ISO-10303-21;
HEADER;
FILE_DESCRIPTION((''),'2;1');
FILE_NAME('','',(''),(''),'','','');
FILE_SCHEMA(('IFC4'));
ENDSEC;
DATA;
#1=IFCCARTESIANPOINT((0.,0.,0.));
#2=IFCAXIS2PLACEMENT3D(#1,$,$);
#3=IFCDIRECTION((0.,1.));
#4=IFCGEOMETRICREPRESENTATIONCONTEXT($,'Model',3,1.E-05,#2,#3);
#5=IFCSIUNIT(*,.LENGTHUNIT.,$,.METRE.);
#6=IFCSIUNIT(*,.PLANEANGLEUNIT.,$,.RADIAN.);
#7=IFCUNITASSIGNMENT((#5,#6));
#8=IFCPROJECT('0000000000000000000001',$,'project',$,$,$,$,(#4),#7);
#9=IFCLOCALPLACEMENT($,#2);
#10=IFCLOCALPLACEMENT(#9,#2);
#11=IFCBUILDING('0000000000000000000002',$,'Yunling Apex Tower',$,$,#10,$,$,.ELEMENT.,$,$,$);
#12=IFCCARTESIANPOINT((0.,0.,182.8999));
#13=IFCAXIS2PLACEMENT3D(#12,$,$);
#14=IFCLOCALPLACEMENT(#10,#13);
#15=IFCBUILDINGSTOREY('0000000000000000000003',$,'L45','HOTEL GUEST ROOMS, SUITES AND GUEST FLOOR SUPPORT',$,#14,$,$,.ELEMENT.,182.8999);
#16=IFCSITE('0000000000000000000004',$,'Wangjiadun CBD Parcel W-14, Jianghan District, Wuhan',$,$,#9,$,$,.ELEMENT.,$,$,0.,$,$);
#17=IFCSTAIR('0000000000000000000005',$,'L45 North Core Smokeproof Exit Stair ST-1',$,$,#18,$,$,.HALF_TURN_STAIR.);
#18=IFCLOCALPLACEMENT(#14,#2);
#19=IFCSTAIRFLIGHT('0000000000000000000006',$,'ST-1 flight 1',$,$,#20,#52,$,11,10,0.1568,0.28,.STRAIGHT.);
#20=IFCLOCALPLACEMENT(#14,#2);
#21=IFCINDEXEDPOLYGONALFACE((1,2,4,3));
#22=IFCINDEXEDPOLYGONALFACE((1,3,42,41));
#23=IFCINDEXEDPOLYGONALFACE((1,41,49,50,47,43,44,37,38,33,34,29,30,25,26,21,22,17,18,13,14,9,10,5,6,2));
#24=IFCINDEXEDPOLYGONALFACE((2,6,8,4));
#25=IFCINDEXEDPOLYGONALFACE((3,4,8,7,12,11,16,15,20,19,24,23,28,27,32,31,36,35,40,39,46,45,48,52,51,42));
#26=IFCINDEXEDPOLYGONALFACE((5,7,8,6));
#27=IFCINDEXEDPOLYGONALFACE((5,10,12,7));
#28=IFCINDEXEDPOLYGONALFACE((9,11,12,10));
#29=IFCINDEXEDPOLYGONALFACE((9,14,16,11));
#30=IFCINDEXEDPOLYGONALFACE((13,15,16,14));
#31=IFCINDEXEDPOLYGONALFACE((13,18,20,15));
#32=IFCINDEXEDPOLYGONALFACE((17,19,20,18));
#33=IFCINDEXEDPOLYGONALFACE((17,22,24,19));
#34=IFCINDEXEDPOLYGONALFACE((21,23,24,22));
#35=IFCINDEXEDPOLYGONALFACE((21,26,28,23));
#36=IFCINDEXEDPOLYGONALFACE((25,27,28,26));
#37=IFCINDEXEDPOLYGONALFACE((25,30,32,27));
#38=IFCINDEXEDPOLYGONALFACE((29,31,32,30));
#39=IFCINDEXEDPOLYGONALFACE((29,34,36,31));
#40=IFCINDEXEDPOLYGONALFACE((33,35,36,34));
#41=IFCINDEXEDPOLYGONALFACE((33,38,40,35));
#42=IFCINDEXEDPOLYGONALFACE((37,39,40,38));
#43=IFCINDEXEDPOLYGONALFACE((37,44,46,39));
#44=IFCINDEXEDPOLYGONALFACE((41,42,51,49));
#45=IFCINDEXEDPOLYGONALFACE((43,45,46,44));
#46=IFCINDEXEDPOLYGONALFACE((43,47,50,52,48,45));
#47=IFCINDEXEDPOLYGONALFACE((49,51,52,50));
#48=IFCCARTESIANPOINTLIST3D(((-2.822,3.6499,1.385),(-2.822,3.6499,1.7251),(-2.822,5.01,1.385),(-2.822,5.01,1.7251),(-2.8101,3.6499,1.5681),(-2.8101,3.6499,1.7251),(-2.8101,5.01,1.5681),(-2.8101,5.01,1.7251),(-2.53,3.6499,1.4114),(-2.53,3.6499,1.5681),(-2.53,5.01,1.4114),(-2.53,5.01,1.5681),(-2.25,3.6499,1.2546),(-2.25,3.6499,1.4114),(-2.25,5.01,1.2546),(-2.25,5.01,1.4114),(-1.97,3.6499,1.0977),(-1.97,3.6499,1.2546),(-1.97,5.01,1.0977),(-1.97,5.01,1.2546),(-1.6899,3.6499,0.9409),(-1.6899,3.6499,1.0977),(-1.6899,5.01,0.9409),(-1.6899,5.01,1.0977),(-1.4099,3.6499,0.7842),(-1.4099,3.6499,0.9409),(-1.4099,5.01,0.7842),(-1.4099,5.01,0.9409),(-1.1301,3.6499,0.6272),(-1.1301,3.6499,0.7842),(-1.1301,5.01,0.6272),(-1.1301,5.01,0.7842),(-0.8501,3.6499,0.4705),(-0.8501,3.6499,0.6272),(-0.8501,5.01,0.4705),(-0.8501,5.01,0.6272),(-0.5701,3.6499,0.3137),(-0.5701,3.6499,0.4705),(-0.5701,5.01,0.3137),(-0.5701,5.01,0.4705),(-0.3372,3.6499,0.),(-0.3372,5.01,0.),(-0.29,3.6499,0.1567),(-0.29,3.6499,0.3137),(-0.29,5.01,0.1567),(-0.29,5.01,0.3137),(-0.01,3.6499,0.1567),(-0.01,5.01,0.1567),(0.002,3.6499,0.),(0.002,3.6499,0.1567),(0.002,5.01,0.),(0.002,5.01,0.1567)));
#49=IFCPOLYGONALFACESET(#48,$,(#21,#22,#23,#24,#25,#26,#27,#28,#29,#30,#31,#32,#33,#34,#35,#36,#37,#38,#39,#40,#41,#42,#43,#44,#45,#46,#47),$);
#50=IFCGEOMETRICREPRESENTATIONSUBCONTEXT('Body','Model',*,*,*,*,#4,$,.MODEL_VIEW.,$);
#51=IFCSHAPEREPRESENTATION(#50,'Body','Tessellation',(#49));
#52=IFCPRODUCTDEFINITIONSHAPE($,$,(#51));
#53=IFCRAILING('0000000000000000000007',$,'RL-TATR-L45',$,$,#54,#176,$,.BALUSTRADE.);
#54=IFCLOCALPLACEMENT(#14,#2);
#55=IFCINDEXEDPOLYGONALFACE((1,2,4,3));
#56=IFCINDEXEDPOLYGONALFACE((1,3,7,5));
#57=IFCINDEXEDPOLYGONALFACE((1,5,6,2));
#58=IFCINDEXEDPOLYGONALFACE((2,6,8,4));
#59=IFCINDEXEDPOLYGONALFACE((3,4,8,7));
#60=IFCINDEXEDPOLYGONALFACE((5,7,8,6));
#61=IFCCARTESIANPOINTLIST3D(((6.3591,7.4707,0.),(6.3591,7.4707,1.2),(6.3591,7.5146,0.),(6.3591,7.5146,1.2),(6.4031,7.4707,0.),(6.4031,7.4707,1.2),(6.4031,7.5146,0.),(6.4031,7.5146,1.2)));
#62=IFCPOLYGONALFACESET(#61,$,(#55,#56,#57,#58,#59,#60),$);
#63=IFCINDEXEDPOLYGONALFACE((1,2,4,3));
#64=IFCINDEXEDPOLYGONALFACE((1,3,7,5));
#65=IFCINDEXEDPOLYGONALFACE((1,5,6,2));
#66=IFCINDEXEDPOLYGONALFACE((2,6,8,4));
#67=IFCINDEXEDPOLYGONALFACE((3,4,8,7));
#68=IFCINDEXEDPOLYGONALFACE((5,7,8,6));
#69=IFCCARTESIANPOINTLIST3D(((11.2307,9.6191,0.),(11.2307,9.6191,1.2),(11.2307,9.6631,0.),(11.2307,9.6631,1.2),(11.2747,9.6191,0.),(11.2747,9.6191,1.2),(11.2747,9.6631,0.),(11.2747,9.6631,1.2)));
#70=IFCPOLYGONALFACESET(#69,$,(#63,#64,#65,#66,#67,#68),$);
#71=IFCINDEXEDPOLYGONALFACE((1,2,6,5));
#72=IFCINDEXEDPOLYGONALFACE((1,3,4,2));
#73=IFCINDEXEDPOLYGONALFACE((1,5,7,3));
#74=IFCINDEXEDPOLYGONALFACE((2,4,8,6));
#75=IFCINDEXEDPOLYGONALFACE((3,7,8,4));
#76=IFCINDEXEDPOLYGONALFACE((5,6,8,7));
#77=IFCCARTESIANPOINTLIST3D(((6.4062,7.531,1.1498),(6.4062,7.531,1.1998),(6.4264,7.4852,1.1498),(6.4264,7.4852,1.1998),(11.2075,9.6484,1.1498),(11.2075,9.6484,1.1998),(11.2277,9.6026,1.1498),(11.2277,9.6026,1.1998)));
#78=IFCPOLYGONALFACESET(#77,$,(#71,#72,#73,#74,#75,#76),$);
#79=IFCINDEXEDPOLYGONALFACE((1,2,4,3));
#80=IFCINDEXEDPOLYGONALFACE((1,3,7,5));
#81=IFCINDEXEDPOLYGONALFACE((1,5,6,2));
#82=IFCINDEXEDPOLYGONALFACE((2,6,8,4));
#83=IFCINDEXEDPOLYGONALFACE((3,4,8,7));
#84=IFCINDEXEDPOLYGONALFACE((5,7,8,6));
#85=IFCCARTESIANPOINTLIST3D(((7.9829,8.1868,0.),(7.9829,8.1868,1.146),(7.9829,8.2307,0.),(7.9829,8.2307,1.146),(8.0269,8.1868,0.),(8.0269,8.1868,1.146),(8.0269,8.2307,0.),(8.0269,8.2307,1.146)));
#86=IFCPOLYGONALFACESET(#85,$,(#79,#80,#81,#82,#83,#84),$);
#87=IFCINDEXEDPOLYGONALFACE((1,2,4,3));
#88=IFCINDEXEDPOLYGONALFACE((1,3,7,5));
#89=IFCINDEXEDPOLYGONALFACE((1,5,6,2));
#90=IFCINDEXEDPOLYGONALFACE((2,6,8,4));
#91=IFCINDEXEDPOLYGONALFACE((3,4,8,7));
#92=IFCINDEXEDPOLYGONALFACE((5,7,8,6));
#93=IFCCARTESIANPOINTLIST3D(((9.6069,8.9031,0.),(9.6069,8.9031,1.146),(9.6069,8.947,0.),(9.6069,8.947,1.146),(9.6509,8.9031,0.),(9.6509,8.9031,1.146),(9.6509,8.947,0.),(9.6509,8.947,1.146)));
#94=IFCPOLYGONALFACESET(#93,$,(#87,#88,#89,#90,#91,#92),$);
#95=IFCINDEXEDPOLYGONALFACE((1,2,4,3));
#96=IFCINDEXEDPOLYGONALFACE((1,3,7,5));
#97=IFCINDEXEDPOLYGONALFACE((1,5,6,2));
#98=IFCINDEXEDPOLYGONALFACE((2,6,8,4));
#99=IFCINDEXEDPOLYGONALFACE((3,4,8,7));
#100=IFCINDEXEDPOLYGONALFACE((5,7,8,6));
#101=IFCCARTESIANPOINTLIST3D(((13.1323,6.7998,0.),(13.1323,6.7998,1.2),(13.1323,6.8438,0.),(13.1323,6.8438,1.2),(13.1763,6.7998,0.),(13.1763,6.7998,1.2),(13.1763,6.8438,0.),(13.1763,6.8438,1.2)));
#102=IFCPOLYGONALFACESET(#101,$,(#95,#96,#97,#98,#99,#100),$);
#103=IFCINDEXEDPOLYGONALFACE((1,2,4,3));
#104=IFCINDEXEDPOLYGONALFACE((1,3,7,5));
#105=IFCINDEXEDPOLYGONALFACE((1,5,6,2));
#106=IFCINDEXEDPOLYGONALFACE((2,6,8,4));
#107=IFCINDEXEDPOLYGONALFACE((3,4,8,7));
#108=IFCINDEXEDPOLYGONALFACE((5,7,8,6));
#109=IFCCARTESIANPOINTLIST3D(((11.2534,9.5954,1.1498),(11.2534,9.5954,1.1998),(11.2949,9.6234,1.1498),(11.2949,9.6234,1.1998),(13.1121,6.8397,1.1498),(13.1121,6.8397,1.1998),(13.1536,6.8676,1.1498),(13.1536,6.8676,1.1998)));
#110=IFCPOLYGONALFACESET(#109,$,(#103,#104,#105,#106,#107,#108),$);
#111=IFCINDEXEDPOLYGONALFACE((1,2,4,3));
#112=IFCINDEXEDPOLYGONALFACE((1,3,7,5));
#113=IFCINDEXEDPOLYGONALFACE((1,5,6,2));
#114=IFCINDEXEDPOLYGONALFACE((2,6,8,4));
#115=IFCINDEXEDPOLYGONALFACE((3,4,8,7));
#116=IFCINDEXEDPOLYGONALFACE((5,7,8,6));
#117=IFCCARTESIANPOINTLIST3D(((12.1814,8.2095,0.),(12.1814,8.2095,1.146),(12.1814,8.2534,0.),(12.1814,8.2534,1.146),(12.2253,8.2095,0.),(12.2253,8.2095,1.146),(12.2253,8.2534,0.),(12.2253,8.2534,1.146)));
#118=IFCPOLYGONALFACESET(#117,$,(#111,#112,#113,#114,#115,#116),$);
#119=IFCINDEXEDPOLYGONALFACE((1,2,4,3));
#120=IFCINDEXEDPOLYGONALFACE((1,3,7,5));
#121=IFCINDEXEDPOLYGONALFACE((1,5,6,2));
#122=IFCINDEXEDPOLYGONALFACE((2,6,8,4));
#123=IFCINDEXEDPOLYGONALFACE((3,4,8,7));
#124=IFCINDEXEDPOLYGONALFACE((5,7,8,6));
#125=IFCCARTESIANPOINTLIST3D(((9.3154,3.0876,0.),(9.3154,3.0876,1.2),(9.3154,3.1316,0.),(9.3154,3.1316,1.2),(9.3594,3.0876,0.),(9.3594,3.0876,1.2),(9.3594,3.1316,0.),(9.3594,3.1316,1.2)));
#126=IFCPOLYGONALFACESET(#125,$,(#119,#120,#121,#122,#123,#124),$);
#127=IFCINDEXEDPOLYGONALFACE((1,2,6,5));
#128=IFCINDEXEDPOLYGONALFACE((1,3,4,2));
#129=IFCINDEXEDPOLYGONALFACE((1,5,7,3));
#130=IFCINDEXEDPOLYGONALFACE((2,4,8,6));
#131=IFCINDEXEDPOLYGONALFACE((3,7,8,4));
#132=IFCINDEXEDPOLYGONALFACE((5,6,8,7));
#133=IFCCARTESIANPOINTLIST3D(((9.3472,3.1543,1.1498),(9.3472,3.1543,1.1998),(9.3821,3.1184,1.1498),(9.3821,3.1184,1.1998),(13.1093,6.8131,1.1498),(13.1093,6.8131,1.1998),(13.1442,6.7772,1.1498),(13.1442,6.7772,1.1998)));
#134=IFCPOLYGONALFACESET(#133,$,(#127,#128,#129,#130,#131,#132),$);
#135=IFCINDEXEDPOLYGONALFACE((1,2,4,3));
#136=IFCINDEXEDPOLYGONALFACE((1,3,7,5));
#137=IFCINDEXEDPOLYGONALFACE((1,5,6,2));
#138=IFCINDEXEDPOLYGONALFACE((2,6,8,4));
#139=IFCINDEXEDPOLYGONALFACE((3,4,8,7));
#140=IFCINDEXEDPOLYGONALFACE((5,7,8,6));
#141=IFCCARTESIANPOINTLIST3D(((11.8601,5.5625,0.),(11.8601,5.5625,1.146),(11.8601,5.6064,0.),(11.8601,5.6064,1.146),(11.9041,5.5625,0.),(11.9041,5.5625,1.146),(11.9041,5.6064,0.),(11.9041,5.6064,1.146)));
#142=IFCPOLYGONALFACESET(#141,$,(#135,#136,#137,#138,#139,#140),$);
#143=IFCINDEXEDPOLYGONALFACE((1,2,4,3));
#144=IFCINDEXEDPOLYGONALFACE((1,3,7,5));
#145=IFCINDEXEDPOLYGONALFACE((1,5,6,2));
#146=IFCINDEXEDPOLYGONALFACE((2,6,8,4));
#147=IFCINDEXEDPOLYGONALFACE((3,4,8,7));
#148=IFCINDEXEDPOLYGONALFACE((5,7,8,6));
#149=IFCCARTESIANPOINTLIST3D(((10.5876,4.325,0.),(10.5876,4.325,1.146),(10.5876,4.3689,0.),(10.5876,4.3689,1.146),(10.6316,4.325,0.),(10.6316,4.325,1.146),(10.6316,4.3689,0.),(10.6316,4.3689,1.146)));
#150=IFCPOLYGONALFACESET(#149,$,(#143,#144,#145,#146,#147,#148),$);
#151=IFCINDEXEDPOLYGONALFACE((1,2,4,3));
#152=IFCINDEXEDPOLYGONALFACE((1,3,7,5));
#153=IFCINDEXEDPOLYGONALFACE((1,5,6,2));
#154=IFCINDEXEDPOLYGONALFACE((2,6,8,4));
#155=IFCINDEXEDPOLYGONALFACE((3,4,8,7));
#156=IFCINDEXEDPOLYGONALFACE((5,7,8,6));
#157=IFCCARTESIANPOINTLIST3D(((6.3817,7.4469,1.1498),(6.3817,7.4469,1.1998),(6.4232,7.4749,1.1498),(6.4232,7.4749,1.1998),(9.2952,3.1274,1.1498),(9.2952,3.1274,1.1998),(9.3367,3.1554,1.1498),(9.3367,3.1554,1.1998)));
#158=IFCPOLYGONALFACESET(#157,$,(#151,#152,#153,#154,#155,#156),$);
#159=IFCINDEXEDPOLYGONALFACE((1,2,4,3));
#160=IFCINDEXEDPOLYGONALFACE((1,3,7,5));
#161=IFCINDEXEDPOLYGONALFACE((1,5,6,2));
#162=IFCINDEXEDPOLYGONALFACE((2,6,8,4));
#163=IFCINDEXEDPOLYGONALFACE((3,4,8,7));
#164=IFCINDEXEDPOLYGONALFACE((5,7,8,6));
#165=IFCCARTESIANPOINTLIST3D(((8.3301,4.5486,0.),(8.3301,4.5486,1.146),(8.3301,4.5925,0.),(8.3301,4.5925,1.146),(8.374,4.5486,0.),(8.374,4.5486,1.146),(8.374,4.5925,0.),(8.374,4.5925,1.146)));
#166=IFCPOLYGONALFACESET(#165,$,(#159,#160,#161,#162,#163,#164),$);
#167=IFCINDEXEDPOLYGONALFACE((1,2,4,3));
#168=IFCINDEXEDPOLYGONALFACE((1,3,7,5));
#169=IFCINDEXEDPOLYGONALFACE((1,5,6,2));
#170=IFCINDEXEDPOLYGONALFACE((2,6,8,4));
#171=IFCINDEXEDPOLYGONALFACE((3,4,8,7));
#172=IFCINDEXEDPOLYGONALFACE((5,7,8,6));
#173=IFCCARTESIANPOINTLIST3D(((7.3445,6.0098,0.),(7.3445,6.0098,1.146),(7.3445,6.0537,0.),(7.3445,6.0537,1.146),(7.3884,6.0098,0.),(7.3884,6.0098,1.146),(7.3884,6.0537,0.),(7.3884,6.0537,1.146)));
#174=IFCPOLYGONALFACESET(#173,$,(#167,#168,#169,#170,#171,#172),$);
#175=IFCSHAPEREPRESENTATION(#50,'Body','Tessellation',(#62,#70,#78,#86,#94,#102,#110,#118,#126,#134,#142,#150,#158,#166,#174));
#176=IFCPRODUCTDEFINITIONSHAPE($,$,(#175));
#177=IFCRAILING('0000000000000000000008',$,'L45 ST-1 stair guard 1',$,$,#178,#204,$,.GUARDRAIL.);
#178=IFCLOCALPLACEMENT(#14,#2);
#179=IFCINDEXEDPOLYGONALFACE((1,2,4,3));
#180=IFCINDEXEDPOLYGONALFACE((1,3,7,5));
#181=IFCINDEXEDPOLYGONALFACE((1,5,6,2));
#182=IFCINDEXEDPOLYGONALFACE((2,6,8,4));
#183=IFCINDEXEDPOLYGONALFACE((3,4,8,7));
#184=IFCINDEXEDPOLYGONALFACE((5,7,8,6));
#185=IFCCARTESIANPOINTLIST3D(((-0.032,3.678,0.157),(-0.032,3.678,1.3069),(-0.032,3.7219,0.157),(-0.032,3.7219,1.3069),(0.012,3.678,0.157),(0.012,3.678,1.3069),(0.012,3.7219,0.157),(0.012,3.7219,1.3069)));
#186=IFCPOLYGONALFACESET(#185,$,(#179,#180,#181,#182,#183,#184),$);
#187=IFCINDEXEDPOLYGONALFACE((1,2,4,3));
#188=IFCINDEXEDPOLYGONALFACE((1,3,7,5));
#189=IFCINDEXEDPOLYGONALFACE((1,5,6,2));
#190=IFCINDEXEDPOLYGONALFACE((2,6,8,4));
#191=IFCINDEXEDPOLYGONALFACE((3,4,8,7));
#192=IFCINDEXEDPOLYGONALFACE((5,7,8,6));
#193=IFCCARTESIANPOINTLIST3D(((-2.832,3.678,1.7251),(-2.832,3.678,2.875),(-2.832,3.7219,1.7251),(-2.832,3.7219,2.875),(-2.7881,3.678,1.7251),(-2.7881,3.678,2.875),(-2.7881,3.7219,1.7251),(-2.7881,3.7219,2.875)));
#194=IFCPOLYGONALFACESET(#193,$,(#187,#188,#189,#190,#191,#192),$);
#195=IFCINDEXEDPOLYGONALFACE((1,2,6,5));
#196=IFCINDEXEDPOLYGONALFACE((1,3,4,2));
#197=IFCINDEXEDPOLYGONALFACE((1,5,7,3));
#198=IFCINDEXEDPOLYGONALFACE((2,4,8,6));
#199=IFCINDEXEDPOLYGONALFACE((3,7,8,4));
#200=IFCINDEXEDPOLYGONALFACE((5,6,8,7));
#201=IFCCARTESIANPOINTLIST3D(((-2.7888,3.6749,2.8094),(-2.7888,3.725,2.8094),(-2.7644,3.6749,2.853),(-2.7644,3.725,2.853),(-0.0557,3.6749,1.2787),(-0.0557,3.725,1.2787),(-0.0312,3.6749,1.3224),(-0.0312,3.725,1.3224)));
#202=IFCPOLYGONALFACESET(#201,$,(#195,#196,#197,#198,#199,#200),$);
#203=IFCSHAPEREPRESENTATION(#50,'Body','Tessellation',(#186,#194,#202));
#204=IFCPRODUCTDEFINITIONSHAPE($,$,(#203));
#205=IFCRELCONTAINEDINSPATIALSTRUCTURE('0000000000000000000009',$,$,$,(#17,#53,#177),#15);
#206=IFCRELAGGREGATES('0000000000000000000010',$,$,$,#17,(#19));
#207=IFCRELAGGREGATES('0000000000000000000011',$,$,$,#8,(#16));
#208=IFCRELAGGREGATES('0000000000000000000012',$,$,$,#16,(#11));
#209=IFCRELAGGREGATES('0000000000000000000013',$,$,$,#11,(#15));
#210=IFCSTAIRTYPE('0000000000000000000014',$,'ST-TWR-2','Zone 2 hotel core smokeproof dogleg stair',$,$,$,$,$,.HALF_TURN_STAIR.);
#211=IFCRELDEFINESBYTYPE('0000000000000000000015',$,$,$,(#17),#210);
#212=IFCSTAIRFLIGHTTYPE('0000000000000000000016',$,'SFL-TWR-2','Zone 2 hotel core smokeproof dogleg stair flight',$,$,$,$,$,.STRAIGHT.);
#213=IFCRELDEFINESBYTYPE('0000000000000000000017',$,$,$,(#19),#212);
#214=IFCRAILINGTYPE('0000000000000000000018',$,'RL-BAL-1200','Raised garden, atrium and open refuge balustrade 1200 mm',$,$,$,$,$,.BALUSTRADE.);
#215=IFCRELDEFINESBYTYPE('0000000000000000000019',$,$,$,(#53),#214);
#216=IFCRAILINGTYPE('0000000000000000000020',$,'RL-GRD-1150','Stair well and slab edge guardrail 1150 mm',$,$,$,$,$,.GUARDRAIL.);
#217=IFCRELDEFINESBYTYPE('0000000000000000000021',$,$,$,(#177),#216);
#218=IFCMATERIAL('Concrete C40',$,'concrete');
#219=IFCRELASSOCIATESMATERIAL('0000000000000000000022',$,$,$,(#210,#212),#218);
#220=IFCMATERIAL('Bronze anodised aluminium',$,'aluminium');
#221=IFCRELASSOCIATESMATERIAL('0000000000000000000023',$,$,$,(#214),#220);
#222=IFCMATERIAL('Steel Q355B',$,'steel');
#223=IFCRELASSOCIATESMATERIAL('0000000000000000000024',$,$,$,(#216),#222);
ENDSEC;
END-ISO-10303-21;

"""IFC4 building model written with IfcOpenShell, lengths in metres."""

from ifc_helpers import new_model, si_unit, direction, frame, origin, origin_2d, place, context, subcontext, project, spatial, polyline, rectangle, outline, extrude, material, type_object, element, aggregate, save


model = new_model("IFC4")

# Units and contexts
model_context = context("Model", 3, precision=1e-05, world=origin(), true_north=direction((0.0, 1.0)))
body_context = subcontext(model_context, "Body", "Model", "MODEL_VIEW")
ifc_project = project(units=[si_unit("LENGTHUNIT", "METRE"), si_unit("PLANEANGLEUNIT", "RADIAN")], contexts=[model_context])

# Site, building, storey
site_placement = place(None, origin())
site = spatial("IfcSite", under=ifc_project, at=site_placement, Name="Wangjiadun CBD Parcel W-14, Jianghan District, Wuhan", CompositionType="ELEMENT", RefElevation=0.0)
building_placement = place(site_placement, origin())
building = spatial("IfcBuilding", under=site, at=building_placement, Name="Yunling Apex Tower", CompositionType="ELEMENT")
storey_placement = place(building_placement, frame((0.0, 0.0, 182.8999)))
storey = spatial("IfcBuildingStorey", under=building, at=storey_placement, Name="L45", Description="HOTEL GUEST ROOMS, SUITES AND GUEST FLOOR SUPPORT", CompositionType="ELEMENT", Elevation=182.8999)

# Shared definitions
ifc_material_1 = material(Name="Steel Q355B", Category="steel")

# Shared definitions
ifc_material_2 = material(Name="Bronze anodised aluminium", Category="aluminium")

# Shared definitions
ifc_material_3 = material(Name="Concrete C40", Category="concrete")

# Stair, stair flight
stair_type = type_object("IfcStairType", Name="ST-TWR-2", Description="Zone 2 hotel core smokeproof dogleg stair", PredefinedType="HALF_TURN_STAIR", material=ifc_material_3)
stair_placement = place(storey_placement, origin())
stair = element("IfcStair", 1, at=stair_placement, inside=storey, type_object=stair_type, Name="L45 North Core Smokeproof Exit Stair ST-1", PredefinedType="HALF_TURN_STAIR")
stair_flight_type = type_object("IfcStairFlightType", Name="SFL-TWR-2", Description="Zone 2 hotel core smokeproof dogleg stair flight", PredefinedType="STRAIGHT", material=ifc_material_3)
stair_flight_placement = place(storey_placement, frame((-0.01, 4.3301, 0.0), z_axis=(0.0, 0.0, 1.0), x_axis=(-1.0, 0.0, 0.0)))
stair_flight = element("IfcStairFlight", 2, at=stair_flight_placement, type_object=stair_flight_type, Name="ST-1 flight 1", NumberOfRisers=11, NumberOfTreads=10, PredefinedType="STRAIGHT", RiserHeight=0.1568, TreadLength=0.28, context=body_context, shape_type="SweptSolid", body=[
    extrude(outline(polyline([(-0.012, 0.0), (-0.012, 0.1567), (0.0, 0.1567), (0.28, 0.1567), (0.28, 0.3137), (0.5601, 0.3137), (0.5601, 0.4705), (0.8401, 0.4705), (0.8401, 0.6272), (1.1201, 0.6272), (1.1201, 0.7842), (1.3999, 0.7842), (1.3999, 0.9409), (1.6799, 0.9409), (1.6799, 1.0977), (1.96, 1.0977), (1.96, 1.2546), (2.24, 1.2546), (2.24, 1.4114), (2.52, 1.4114), (2.52, 1.5681), (2.8, 1.5681), (2.8, 1.7251), (2.812, 1.7251), (2.812, 1.385), (0.3271, 0.0), (-0.012, 0.0)])), frame((0.0, 0.6802, 0.0), z_axis=(0.0, -1.0, 0.0), x_axis=(1.0, 0.0, 0.0)), (0.0, 0.0, 1.0), 1.3601),
])
aggregate(stair, [stair_flight])

# Railings
railing_type_1 = type_object("IfcRailingType", Name="RL-BAL-1200", Description="Raised garden, atrium and open refuge balustrade 1200 mm", PredefinedType="BALUSTRADE", material=ifc_material_2)
railing_1_placement = place(storey_placement, frame((6.3811, 7.4927, 0.0)))
element("IfcRailing", 3, at=railing_1_placement, inside=storey, type_object=railing_type_1, Name="RL-TATR-L45", PredefinedType="BALUSTRADE", context=body_context, shape_type="SweptSolid", body=[
    extrude(rectangle(XDim=0.0439, YDim=0.0439, at=origin_2d()), origin(), (0.0, 0.0, 1.0), 1.2),
    extrude(rectangle(XDim=0.0439, YDim=0.0439, at=origin_2d()), frame((4.8716, 2.1484, 0.0)), (0.0, 0.0, 1.0), 1.2),
    extrude(rectangle(XDim=0.05, YDim=0.05, at=origin_2d()), frame((0.0352, 0.0154, 1.1748), z_axis=(0.914973, 0.403516, 0.0), x_axis=(-0.403516, 0.914973, 0.0)), (0.0, 0.0, 1.0), 5.2476),
    extrude(rectangle(XDim=0.0439, YDim=0.0439, at=origin_2d()), frame((1.6238, 0.7161, 0.0)), (0.0, 0.0, 1.0), 1.146),
    extrude(rectangle(XDim=0.0439, YDim=0.0439, at=origin_2d()), frame((3.2478, 1.4324, 0.0)), (0.0, 0.0, 1.0), 1.146),
    extrude(rectangle(XDim=0.0439, YDim=0.0439, at=origin_2d()), frame((6.7732, -0.6709, 0.0)), (0.0, 0.0, 1.0), 1.2),
    extrude(rectangle(XDim=0.05, YDim=0.05, at=origin_2d()), frame((4.8931, 2.1167, 1.1748), z_axis=(0.559182, -0.829045, 0.0), x_axis=(0.829045, 0.559182, 0.0)), (0.0, 0.0, 1.0), 3.324),
    extrude(rectangle(XDim=0.0439, YDim=0.0439, at=origin_2d()), frame((5.8223, 0.7388, 0.0)), (0.0, 0.0, 1.0), 1.146),
    extrude(rectangle(XDim=0.0439, YDim=0.0439, at=origin_2d()), frame((2.9563, -4.3831, 0.0)), (0.0, 0.0, 1.0), 1.2),
    extrude(rectangle(XDim=0.05, YDim=0.05, at=origin_2d()), frame((6.7456, -0.6975, 1.1748), z_axis=(-0.716874, -0.697203, 0.0), x_axis=(0.697203, -0.716874, 0.0)), (0.0, 0.0, 1.0), 5.2478),
    extrude(rectangle(XDim=0.0439, YDim=0.0439, at=origin_2d()), frame((5.501, -1.9082, 0.0)), (0.0, 0.0, 1.0), 1.146),
    extrude(rectangle(XDim=0.0439, YDim=0.0439, at=origin_2d()), frame((4.2285, -3.1458, 0.0)), (0.0, 0.0, 1.0), 1.146),
    extrude(rectangle(XDim=0.05, YDim=0.05, at=origin_2d()), frame((2.9348, -4.3513, 1.1748), z_axis=(-0.559179, 0.829047, 0.0), x_axis=(-0.829047, -0.559179, 0.0)), (0.0, 0.0, 1.0), 5.2102),
    extrude(rectangle(XDim=0.0439, YDim=0.0439, at=origin_2d()), frame((1.9709, -2.9221, 0.0)), (0.0, 0.0, 1.0), 1.146),
    extrude(rectangle(XDim=0.0439, YDim=0.0439, at=origin_2d()), frame((0.9854, -1.4609, 0.0)), (0.0, 0.0, 1.0), 1.146),
])
railing_type_2 = type_object("IfcRailingType", Name="RL-GRD-1150", Description="Stair well and slab edge guardrail 1150 mm", PredefinedType="GUARDRAIL", material=ifc_material_1)
railing_2_placement = place(storey_placement, frame((-0.01, 3.7, 0.157)))
element("IfcRailing", 4, at=railing_2_placement, inside=storey, type_object=railing_type_2, Name="L45 ST-1 stair guard 1", PredefinedType="GUARDRAIL", context=body_context, shape_type="SweptSolid", body=[
    extrude(rectangle(XDim=0.0439, YDim=0.0439, at=origin_2d()), origin(), (0.0, 0.0, 1.0), 1.1499),
    extrude(rectangle(XDim=0.0439, YDim=0.0439, at=origin_2d()), frame((-2.8, 0.0, 1.5681)), (0.0, 0.0, 1.0), 1.1499),
    extrude(rectangle(XDim=0.05, YDim=0.05, at=origin_2d()), frame((-0.0334, 0.0, 1.1436), z_axis=(-0.872494, 0.0, 0.488624), x_axis=(0.0, -1.0, 0.0)), (0.0, 0.0, 1.0), 3.1326),
])

save(model, "model.ifc")
